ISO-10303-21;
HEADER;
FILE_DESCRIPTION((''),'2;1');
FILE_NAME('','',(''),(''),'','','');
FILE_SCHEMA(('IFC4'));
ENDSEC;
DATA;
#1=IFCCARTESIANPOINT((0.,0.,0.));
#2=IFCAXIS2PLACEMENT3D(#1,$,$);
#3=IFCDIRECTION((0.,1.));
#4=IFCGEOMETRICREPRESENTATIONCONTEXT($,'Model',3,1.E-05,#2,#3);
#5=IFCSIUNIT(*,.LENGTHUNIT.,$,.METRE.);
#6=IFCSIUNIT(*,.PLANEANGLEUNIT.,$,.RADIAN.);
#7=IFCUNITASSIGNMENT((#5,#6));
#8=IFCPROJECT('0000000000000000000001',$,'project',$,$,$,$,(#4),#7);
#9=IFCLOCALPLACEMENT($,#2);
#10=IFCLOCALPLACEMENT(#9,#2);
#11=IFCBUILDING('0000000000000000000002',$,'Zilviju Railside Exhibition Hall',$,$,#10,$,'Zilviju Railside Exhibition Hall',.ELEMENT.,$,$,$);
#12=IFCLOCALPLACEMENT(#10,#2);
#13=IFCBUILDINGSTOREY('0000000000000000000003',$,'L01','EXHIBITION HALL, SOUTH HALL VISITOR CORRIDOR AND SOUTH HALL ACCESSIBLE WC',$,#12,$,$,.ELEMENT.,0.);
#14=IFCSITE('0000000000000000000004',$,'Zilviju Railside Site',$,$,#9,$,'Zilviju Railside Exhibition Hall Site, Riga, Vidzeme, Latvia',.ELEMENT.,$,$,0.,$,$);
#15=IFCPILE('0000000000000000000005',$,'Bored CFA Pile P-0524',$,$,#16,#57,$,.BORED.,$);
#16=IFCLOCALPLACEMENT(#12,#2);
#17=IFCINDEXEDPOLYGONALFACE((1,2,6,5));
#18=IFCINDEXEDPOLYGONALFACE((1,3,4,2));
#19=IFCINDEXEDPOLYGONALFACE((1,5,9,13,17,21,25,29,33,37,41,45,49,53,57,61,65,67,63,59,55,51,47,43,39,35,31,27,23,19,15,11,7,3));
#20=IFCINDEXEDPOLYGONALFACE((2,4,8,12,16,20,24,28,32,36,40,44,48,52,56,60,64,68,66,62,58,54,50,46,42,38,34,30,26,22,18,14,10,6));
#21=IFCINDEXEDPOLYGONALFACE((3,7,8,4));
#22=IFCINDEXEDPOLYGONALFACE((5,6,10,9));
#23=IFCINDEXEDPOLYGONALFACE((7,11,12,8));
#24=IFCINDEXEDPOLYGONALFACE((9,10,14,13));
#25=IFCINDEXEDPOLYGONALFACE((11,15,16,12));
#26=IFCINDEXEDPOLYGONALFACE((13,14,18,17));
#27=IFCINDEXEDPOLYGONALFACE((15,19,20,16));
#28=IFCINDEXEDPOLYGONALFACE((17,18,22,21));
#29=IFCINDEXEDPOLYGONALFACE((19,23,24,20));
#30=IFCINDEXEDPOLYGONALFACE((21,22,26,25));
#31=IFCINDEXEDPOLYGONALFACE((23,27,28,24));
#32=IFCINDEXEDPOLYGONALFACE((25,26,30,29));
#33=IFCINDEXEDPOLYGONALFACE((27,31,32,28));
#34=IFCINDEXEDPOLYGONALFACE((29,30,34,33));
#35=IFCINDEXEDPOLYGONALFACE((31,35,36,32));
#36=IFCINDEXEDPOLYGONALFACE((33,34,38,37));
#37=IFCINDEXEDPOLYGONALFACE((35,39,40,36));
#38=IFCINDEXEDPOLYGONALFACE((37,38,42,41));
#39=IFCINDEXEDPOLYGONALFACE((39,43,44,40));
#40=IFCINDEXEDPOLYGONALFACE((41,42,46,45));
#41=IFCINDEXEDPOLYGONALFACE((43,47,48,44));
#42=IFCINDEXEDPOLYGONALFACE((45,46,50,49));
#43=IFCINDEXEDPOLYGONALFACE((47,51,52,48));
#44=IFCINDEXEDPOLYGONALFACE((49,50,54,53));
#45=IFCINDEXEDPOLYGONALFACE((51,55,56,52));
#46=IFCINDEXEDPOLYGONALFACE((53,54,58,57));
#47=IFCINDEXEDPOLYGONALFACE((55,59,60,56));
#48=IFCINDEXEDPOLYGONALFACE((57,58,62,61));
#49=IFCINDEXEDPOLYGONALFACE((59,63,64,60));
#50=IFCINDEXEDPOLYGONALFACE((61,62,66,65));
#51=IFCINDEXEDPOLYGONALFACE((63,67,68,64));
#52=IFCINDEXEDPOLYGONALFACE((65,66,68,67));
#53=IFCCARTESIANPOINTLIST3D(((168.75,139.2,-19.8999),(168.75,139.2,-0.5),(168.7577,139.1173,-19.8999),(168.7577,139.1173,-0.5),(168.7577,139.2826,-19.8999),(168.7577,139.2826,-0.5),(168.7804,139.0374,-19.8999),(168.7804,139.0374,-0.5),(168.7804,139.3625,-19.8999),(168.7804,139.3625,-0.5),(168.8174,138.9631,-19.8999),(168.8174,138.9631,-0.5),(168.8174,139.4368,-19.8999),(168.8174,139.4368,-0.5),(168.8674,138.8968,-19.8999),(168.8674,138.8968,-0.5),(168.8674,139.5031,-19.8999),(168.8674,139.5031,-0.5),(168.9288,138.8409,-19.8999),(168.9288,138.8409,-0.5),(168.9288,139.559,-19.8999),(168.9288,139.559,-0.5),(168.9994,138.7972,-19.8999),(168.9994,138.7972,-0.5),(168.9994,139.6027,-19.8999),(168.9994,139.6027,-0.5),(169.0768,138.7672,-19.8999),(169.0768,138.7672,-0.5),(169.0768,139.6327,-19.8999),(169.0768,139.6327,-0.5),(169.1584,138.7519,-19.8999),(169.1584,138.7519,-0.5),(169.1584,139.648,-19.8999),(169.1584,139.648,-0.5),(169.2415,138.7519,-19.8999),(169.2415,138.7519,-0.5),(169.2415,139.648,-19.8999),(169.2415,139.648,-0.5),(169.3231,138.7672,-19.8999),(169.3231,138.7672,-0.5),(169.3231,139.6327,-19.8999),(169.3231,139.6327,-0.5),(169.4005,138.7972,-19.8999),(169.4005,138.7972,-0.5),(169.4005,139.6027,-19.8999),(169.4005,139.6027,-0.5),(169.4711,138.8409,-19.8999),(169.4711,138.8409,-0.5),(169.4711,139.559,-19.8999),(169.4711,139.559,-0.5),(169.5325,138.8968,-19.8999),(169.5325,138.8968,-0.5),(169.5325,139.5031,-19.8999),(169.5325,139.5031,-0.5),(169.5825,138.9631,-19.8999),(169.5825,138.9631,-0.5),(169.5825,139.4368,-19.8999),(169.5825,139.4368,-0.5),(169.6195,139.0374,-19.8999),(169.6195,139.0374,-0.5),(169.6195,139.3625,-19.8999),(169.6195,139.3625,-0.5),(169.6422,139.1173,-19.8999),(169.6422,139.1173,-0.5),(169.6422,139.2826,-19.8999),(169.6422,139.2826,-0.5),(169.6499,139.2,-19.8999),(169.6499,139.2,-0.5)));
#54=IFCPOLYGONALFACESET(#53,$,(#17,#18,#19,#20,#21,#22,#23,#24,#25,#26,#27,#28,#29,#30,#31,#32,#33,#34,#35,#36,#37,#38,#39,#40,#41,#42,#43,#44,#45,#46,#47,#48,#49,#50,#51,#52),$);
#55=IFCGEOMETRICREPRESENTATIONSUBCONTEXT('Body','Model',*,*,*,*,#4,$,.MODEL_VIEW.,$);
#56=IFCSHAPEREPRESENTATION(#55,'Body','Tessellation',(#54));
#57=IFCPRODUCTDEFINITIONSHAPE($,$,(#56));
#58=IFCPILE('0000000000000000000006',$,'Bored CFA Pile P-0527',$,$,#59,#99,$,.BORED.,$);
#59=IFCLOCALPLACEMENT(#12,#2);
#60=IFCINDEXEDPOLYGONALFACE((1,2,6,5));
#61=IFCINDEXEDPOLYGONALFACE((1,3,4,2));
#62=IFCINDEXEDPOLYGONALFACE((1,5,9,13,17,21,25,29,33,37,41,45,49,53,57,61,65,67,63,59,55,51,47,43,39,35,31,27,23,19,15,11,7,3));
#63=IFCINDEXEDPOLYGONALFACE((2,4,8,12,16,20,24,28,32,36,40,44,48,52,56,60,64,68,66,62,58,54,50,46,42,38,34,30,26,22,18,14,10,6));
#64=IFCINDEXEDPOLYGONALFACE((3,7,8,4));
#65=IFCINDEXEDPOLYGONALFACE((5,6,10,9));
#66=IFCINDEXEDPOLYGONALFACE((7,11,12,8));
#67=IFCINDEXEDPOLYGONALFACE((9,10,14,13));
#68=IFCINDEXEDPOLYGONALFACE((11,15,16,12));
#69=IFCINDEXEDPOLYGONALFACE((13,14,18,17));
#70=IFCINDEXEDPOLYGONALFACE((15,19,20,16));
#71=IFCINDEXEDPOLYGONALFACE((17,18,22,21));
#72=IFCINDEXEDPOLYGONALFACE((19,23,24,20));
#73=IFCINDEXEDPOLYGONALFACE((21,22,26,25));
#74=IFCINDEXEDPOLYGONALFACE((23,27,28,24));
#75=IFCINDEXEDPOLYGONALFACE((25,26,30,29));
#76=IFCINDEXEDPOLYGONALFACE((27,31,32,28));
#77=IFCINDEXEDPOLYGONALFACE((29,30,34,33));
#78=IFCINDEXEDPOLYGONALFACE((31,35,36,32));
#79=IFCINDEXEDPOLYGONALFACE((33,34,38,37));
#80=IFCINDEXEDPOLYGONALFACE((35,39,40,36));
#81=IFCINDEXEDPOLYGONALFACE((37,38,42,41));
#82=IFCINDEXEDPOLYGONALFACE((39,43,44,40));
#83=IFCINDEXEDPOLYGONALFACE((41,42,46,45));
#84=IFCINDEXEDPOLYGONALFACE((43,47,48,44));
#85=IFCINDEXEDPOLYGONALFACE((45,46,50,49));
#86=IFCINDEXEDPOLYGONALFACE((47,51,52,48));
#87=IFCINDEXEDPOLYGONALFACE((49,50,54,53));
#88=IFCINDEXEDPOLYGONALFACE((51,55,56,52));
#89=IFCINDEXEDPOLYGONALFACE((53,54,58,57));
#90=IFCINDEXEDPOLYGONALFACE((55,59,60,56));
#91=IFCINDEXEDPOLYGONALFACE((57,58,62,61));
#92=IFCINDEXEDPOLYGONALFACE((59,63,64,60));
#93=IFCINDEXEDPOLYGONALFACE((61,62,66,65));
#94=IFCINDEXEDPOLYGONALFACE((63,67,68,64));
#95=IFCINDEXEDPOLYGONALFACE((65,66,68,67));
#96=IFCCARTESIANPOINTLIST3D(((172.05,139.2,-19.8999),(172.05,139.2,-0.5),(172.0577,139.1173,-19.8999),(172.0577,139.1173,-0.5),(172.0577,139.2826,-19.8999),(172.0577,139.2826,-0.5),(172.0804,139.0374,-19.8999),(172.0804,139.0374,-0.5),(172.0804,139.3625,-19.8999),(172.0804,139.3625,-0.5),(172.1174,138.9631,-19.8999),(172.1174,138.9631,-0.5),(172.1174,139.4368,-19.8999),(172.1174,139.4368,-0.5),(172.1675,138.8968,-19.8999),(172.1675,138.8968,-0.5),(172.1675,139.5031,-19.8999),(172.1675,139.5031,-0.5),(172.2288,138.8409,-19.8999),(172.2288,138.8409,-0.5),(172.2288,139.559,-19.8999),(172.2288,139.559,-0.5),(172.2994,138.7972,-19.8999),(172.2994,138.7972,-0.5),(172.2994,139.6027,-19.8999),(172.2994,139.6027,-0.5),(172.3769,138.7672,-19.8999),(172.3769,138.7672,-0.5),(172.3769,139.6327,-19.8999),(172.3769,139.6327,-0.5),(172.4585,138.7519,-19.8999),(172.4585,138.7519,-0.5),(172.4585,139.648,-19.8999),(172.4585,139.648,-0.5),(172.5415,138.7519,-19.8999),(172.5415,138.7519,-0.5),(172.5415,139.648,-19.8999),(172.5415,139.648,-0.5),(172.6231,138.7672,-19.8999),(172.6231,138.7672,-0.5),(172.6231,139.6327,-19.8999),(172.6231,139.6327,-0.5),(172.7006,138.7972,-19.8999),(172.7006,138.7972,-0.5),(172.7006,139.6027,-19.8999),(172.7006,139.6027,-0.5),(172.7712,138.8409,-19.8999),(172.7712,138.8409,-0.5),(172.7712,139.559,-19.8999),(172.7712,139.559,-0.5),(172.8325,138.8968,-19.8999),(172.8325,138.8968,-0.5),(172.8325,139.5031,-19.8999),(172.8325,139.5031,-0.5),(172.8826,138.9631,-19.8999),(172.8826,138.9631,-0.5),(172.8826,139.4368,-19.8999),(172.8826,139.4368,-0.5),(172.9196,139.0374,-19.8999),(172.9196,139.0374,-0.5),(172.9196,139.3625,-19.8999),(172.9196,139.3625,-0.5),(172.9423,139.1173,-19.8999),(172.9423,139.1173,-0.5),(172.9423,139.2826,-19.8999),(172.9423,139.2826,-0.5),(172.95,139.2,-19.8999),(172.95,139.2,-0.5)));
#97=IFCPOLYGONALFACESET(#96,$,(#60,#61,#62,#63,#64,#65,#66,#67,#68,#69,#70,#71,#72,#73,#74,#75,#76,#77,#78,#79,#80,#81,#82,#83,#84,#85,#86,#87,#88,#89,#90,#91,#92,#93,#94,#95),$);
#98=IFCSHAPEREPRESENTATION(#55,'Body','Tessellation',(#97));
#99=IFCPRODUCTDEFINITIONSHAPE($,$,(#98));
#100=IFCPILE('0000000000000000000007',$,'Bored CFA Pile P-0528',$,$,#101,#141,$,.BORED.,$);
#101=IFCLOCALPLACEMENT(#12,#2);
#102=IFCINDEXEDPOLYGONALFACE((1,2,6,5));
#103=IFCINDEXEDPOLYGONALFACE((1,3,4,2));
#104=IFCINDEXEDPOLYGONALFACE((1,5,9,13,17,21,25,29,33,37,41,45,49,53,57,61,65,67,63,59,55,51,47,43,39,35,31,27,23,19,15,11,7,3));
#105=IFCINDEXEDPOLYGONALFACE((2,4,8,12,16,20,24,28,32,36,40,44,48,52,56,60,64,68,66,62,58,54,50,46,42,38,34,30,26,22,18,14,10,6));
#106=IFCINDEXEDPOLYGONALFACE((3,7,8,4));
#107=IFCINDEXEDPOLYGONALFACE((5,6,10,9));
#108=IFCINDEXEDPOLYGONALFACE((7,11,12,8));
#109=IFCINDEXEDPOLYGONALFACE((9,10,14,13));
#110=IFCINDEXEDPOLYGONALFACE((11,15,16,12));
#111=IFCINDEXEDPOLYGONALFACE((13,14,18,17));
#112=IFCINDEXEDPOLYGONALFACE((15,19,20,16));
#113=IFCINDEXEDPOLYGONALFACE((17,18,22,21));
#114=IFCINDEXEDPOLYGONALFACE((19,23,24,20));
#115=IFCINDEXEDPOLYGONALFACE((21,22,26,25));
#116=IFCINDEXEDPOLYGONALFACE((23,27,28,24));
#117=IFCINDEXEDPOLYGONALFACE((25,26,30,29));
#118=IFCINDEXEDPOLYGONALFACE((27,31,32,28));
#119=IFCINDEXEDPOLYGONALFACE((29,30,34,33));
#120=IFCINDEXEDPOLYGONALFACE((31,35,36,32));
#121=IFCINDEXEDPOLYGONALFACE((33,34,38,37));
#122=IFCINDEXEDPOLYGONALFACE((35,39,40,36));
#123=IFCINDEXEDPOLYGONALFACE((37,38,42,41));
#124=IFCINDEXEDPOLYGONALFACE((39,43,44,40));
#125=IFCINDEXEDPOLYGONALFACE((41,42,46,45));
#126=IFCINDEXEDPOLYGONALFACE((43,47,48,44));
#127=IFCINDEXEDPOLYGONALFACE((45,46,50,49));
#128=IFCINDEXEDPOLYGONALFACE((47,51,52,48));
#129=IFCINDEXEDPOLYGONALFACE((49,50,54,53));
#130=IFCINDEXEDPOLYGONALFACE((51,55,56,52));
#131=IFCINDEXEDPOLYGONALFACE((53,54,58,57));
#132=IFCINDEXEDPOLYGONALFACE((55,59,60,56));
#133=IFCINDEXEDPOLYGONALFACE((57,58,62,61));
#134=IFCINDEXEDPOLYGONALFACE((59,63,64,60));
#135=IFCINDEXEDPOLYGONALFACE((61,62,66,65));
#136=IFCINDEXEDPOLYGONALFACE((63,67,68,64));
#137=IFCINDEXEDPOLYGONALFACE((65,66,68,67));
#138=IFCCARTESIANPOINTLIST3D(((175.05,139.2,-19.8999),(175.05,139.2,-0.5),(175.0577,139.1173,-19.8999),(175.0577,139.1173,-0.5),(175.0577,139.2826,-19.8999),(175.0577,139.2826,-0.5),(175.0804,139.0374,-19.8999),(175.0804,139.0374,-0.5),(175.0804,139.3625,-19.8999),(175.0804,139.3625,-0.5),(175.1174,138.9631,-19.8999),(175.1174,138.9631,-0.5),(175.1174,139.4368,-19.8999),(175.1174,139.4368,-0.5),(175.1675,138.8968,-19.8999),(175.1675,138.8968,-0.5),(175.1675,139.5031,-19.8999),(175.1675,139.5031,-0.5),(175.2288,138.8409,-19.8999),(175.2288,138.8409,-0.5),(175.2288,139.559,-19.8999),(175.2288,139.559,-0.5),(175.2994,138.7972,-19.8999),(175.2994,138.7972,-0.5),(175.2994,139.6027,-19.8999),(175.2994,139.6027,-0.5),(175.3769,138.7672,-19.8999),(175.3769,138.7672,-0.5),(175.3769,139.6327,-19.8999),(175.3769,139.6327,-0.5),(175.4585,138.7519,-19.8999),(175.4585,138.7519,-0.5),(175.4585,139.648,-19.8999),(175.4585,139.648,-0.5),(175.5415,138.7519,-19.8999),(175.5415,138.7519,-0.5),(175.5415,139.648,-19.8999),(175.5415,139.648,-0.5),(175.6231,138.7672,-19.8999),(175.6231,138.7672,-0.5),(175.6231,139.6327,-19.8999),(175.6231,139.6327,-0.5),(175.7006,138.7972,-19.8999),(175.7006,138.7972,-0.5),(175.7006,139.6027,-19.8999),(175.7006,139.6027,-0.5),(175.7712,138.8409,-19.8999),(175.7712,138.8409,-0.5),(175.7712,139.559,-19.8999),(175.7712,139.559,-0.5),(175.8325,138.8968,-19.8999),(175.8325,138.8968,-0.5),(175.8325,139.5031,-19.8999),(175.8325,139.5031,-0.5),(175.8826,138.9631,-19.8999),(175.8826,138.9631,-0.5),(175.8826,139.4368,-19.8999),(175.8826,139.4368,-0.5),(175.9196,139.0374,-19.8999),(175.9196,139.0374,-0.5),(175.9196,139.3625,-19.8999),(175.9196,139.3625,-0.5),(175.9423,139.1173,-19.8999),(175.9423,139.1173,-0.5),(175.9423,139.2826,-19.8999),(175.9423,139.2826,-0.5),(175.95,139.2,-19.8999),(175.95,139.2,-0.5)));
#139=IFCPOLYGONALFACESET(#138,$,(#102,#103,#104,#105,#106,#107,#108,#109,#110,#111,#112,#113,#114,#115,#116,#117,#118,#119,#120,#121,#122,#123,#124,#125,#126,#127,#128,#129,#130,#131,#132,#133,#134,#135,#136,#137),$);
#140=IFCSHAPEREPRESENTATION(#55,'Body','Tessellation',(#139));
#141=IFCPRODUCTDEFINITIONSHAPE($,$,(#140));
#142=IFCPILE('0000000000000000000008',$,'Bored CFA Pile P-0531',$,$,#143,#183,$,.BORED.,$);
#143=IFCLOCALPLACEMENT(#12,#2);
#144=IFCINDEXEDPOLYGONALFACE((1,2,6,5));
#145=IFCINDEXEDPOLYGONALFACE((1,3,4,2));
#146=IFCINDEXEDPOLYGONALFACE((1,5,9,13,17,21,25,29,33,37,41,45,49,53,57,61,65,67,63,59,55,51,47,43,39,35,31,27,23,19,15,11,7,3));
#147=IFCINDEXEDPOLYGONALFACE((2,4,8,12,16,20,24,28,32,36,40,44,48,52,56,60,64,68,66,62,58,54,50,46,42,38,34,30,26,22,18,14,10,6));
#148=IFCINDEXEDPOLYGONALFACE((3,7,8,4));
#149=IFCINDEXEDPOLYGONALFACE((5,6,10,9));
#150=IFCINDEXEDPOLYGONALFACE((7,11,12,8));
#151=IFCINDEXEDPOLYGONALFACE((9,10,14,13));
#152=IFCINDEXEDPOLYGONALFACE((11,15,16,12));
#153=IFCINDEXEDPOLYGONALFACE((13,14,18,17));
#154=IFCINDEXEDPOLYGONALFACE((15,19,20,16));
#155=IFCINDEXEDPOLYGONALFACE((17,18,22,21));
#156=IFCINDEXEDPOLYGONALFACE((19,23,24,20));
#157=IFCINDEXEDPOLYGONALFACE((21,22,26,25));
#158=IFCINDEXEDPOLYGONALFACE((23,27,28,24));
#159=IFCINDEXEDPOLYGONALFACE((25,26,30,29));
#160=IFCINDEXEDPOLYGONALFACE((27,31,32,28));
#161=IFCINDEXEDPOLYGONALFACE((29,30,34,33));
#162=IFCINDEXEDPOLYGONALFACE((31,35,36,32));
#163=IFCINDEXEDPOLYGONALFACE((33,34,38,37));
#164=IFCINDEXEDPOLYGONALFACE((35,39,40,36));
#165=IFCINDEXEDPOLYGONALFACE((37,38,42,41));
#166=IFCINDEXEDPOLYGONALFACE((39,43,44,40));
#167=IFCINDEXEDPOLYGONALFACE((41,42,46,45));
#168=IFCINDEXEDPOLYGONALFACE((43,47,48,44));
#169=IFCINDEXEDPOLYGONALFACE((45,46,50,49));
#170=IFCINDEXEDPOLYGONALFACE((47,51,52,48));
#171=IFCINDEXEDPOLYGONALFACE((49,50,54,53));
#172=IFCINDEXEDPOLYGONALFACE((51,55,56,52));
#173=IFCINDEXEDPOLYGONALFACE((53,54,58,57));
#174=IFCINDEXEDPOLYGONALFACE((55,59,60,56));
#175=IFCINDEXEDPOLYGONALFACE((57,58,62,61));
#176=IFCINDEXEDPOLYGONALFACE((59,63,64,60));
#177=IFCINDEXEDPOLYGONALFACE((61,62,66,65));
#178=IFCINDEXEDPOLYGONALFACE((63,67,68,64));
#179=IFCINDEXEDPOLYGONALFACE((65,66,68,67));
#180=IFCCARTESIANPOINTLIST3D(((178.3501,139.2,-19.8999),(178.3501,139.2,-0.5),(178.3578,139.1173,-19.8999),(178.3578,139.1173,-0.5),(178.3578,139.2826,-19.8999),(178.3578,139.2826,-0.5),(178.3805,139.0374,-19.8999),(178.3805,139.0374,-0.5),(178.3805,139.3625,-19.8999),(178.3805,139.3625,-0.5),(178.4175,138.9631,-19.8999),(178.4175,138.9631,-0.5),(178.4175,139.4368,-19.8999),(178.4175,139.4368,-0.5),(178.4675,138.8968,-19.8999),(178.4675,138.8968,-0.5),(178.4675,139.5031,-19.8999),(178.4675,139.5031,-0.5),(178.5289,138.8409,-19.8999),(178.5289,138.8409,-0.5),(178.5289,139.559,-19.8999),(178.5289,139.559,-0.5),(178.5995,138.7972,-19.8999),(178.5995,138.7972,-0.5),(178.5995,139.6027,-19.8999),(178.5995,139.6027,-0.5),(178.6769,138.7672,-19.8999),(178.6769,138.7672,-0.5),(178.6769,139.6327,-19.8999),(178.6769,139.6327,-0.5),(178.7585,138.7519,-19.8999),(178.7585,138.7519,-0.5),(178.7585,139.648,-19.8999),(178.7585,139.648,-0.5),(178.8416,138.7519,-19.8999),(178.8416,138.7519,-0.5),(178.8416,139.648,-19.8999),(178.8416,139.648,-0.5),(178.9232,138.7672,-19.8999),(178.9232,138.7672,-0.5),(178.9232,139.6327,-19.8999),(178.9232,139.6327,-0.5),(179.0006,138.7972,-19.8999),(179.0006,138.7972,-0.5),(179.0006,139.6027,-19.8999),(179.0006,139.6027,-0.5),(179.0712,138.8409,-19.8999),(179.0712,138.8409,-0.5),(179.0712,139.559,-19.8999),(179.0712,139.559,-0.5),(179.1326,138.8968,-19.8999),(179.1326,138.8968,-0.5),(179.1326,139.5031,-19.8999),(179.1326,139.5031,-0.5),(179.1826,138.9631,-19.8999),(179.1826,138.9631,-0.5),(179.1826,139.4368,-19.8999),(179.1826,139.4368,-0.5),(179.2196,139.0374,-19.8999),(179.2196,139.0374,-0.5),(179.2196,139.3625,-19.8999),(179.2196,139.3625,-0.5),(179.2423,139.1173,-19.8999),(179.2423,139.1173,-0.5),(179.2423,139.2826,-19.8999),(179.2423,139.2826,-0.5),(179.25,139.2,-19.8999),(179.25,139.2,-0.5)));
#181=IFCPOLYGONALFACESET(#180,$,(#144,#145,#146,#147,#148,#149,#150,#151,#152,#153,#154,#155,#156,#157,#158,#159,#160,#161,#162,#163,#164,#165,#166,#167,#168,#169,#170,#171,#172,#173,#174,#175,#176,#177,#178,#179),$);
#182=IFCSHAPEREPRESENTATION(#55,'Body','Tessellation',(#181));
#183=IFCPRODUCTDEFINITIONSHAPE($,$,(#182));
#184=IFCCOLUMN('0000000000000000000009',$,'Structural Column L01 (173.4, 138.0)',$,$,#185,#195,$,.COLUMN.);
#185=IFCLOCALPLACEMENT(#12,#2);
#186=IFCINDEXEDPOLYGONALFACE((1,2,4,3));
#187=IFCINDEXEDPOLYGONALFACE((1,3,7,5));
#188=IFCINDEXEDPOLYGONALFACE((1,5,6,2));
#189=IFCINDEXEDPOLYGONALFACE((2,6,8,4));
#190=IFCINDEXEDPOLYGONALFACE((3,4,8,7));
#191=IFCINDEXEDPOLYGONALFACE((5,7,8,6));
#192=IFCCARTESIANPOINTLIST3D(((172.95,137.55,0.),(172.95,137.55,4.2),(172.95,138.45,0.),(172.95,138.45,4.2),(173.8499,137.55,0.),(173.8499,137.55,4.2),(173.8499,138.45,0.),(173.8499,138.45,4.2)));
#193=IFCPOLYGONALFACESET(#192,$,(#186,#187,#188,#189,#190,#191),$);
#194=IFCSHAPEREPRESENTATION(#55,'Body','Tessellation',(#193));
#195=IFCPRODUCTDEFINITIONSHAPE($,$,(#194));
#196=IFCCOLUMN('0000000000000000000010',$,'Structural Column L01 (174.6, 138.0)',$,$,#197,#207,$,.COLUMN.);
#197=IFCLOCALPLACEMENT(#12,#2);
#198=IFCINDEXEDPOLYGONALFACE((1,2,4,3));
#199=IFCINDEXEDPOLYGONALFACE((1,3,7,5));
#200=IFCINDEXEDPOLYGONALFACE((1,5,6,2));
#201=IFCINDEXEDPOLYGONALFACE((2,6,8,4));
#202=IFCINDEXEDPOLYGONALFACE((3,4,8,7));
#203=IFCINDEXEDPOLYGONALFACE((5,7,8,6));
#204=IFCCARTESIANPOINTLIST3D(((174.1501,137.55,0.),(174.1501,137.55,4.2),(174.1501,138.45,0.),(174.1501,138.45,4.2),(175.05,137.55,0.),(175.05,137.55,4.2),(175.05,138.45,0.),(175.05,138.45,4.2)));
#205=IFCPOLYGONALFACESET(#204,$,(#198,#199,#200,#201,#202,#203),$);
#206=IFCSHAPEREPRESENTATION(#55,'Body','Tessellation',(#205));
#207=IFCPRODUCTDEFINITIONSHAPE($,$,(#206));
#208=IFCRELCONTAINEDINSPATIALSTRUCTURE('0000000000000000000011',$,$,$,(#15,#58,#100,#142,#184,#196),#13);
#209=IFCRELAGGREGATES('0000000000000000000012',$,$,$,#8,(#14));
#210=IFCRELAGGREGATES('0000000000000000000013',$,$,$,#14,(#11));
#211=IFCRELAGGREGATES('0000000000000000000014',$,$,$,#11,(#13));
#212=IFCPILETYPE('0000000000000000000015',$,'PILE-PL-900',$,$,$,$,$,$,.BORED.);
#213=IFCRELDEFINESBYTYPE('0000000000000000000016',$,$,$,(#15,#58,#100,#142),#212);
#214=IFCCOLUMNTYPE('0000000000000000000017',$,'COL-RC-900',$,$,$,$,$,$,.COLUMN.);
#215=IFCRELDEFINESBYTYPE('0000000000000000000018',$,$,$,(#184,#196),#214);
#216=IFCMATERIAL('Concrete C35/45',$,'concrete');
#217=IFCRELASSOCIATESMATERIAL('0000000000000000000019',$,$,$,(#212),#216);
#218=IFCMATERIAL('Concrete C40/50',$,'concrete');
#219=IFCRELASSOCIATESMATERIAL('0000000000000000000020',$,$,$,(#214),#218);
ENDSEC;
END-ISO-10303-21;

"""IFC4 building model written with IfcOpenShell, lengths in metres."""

from ifc_helpers import new_model, si_unit, direction, frame, origin, origin_2d, place, context, subcontext, project, spatial, rectangle, circle, extrude, material, material_profile, profile_set, type_object, element, save


model = new_model("IFC4")

# Units and contexts
model_context = context("Model", 3, precision=1e-05, world=origin(), true_north=direction((0.0, 1.0)))
body_context = subcontext(model_context, "Body", "Model", "MODEL_VIEW")
ifc_project = project(units=[si_unit("LENGTHUNIT", "METRE"), si_unit("PLANEANGLEUNIT", "RADIAN")], contexts=[model_context])

# Site, building, storey
site_placement = place(None, origin())
site = spatial("IfcSite", under=ifc_project, at=site_placement, Name="Zilviju Railside Site", LongName="Zilviju Railside Exhibition Hall Site, Riga, Vidzeme, Latvia", CompositionType="ELEMENT", RefElevation=0.0)
building_placement = place(site_placement, origin())
building = spatial("IfcBuilding", under=site, at=building_placement, Name="Zilviju Railside Exhibition Hall", LongName="Zilviju Railside Exhibition Hall", CompositionType="ELEMENT")
storey_placement = place(building_placement, origin())
storey = spatial("IfcBuildingStorey", under=building, at=storey_placement, Name="L01", Description="EXHIBITION HALL, SOUTH HALL VISITOR CORRIDOR AND SOUTH HALL ACCESSIBLE WC", CompositionType="ELEMENT", Elevation=0.0)

# Shared definitions
ifc_material_1 = material(Name="Concrete C35/45", Category="concrete")
ifc_material_2 = material(Name="Concrete C40/50", Category="concrete")

# Piles
ifc_material_profile_1 = material_profile(ifc_material_1, circle(Radius=0.45, at=origin_2d()), Name="CFA PILE D900")
ifc_profile_set_1 = profile_set([ifc_material_profile_1], Name="Concrete C35/45")
pile_type_1 = type_object("IfcPileType", Name="PILE-PL-900", PredefinedType="BORED", material=ifc_profile_set_1)
for number, where, z_axis, x_axis, name in (
    (1, (169.2, 139.2, -0.5), (0.0, 0.0, -1.0), (1.0, 0.0, 0.0), "Bored CFA Pile P-0524"),
    (2, (172.5, 139.2, -0.5), (0.0, 0.0, -1.0), (1.0, 0.0, 0.0), "Bored CFA Pile P-0527"),
    (3, (175.5, 139.2, -0.5), (0.0, 0.0, -1.0), (1.0, 0.0, 0.0), "Bored CFA Pile P-0528"),
    (4, (178.8, 139.2, -0.5), (0.0, 0.0, -1.0), (1.0, 0.0, 0.0), "Bored CFA Pile P-0531"),
):
    element("IfcPile", number, at=place(storey_placement, frame(where, z_axis=z_axis, x_axis=x_axis)), inside=storey, type_object=pile_type_1, Name=name, PredefinedType="BORED", context=body_context, shape_type="SweptSolid", body=[
        extrude(circle(Radius=0.45, at=origin_2d()), origin(), (0.0, 0.0, 1.0), 19.3999),
    ])

# Columns
ifc_material_profile_2 = material_profile(ifc_material_2, rectangle(XDim=0.8999, YDim=0.8999, at=origin_2d()), Name="RC COL 900x900")
ifc_profile_set_2 = profile_set([ifc_material_profile_2], Name="Concrete C40/50")
column_type_1 = type_object("IfcColumnType", Name="COL-RC-900", PredefinedType="COLUMN", material=ifc_profile_set_2)
for number, where, z_axis, x_axis, name in (
    (5, (173.3999, 138.0, 0.0), (0.0, 0.0, 1.0), (1.0, 0.0, 0.0), "Structural Column L01 (173.4, 138.0)"),
    (6, (174.6001, 138.0, 0.0), (0.0, 0.0, 1.0), (1.0, 0.0, 0.0), "Structural Column L01 (174.6, 138.0)"),
):
    element("IfcColumn", number, at=place(storey_placement, frame(where, z_axis=z_axis, x_axis=x_axis)), inside=storey, type_object=column_type_1, Name=name, PredefinedType="COLUMN", context=body_context, shape_type="SweptSolid", body=[
        extrude(rectangle(XDim=0.8999, YDim=0.8999, at=origin_2d()), origin(), (0.0, 0.0, 1.0), 4.2),
    ])

save(model, "model.ifc")
